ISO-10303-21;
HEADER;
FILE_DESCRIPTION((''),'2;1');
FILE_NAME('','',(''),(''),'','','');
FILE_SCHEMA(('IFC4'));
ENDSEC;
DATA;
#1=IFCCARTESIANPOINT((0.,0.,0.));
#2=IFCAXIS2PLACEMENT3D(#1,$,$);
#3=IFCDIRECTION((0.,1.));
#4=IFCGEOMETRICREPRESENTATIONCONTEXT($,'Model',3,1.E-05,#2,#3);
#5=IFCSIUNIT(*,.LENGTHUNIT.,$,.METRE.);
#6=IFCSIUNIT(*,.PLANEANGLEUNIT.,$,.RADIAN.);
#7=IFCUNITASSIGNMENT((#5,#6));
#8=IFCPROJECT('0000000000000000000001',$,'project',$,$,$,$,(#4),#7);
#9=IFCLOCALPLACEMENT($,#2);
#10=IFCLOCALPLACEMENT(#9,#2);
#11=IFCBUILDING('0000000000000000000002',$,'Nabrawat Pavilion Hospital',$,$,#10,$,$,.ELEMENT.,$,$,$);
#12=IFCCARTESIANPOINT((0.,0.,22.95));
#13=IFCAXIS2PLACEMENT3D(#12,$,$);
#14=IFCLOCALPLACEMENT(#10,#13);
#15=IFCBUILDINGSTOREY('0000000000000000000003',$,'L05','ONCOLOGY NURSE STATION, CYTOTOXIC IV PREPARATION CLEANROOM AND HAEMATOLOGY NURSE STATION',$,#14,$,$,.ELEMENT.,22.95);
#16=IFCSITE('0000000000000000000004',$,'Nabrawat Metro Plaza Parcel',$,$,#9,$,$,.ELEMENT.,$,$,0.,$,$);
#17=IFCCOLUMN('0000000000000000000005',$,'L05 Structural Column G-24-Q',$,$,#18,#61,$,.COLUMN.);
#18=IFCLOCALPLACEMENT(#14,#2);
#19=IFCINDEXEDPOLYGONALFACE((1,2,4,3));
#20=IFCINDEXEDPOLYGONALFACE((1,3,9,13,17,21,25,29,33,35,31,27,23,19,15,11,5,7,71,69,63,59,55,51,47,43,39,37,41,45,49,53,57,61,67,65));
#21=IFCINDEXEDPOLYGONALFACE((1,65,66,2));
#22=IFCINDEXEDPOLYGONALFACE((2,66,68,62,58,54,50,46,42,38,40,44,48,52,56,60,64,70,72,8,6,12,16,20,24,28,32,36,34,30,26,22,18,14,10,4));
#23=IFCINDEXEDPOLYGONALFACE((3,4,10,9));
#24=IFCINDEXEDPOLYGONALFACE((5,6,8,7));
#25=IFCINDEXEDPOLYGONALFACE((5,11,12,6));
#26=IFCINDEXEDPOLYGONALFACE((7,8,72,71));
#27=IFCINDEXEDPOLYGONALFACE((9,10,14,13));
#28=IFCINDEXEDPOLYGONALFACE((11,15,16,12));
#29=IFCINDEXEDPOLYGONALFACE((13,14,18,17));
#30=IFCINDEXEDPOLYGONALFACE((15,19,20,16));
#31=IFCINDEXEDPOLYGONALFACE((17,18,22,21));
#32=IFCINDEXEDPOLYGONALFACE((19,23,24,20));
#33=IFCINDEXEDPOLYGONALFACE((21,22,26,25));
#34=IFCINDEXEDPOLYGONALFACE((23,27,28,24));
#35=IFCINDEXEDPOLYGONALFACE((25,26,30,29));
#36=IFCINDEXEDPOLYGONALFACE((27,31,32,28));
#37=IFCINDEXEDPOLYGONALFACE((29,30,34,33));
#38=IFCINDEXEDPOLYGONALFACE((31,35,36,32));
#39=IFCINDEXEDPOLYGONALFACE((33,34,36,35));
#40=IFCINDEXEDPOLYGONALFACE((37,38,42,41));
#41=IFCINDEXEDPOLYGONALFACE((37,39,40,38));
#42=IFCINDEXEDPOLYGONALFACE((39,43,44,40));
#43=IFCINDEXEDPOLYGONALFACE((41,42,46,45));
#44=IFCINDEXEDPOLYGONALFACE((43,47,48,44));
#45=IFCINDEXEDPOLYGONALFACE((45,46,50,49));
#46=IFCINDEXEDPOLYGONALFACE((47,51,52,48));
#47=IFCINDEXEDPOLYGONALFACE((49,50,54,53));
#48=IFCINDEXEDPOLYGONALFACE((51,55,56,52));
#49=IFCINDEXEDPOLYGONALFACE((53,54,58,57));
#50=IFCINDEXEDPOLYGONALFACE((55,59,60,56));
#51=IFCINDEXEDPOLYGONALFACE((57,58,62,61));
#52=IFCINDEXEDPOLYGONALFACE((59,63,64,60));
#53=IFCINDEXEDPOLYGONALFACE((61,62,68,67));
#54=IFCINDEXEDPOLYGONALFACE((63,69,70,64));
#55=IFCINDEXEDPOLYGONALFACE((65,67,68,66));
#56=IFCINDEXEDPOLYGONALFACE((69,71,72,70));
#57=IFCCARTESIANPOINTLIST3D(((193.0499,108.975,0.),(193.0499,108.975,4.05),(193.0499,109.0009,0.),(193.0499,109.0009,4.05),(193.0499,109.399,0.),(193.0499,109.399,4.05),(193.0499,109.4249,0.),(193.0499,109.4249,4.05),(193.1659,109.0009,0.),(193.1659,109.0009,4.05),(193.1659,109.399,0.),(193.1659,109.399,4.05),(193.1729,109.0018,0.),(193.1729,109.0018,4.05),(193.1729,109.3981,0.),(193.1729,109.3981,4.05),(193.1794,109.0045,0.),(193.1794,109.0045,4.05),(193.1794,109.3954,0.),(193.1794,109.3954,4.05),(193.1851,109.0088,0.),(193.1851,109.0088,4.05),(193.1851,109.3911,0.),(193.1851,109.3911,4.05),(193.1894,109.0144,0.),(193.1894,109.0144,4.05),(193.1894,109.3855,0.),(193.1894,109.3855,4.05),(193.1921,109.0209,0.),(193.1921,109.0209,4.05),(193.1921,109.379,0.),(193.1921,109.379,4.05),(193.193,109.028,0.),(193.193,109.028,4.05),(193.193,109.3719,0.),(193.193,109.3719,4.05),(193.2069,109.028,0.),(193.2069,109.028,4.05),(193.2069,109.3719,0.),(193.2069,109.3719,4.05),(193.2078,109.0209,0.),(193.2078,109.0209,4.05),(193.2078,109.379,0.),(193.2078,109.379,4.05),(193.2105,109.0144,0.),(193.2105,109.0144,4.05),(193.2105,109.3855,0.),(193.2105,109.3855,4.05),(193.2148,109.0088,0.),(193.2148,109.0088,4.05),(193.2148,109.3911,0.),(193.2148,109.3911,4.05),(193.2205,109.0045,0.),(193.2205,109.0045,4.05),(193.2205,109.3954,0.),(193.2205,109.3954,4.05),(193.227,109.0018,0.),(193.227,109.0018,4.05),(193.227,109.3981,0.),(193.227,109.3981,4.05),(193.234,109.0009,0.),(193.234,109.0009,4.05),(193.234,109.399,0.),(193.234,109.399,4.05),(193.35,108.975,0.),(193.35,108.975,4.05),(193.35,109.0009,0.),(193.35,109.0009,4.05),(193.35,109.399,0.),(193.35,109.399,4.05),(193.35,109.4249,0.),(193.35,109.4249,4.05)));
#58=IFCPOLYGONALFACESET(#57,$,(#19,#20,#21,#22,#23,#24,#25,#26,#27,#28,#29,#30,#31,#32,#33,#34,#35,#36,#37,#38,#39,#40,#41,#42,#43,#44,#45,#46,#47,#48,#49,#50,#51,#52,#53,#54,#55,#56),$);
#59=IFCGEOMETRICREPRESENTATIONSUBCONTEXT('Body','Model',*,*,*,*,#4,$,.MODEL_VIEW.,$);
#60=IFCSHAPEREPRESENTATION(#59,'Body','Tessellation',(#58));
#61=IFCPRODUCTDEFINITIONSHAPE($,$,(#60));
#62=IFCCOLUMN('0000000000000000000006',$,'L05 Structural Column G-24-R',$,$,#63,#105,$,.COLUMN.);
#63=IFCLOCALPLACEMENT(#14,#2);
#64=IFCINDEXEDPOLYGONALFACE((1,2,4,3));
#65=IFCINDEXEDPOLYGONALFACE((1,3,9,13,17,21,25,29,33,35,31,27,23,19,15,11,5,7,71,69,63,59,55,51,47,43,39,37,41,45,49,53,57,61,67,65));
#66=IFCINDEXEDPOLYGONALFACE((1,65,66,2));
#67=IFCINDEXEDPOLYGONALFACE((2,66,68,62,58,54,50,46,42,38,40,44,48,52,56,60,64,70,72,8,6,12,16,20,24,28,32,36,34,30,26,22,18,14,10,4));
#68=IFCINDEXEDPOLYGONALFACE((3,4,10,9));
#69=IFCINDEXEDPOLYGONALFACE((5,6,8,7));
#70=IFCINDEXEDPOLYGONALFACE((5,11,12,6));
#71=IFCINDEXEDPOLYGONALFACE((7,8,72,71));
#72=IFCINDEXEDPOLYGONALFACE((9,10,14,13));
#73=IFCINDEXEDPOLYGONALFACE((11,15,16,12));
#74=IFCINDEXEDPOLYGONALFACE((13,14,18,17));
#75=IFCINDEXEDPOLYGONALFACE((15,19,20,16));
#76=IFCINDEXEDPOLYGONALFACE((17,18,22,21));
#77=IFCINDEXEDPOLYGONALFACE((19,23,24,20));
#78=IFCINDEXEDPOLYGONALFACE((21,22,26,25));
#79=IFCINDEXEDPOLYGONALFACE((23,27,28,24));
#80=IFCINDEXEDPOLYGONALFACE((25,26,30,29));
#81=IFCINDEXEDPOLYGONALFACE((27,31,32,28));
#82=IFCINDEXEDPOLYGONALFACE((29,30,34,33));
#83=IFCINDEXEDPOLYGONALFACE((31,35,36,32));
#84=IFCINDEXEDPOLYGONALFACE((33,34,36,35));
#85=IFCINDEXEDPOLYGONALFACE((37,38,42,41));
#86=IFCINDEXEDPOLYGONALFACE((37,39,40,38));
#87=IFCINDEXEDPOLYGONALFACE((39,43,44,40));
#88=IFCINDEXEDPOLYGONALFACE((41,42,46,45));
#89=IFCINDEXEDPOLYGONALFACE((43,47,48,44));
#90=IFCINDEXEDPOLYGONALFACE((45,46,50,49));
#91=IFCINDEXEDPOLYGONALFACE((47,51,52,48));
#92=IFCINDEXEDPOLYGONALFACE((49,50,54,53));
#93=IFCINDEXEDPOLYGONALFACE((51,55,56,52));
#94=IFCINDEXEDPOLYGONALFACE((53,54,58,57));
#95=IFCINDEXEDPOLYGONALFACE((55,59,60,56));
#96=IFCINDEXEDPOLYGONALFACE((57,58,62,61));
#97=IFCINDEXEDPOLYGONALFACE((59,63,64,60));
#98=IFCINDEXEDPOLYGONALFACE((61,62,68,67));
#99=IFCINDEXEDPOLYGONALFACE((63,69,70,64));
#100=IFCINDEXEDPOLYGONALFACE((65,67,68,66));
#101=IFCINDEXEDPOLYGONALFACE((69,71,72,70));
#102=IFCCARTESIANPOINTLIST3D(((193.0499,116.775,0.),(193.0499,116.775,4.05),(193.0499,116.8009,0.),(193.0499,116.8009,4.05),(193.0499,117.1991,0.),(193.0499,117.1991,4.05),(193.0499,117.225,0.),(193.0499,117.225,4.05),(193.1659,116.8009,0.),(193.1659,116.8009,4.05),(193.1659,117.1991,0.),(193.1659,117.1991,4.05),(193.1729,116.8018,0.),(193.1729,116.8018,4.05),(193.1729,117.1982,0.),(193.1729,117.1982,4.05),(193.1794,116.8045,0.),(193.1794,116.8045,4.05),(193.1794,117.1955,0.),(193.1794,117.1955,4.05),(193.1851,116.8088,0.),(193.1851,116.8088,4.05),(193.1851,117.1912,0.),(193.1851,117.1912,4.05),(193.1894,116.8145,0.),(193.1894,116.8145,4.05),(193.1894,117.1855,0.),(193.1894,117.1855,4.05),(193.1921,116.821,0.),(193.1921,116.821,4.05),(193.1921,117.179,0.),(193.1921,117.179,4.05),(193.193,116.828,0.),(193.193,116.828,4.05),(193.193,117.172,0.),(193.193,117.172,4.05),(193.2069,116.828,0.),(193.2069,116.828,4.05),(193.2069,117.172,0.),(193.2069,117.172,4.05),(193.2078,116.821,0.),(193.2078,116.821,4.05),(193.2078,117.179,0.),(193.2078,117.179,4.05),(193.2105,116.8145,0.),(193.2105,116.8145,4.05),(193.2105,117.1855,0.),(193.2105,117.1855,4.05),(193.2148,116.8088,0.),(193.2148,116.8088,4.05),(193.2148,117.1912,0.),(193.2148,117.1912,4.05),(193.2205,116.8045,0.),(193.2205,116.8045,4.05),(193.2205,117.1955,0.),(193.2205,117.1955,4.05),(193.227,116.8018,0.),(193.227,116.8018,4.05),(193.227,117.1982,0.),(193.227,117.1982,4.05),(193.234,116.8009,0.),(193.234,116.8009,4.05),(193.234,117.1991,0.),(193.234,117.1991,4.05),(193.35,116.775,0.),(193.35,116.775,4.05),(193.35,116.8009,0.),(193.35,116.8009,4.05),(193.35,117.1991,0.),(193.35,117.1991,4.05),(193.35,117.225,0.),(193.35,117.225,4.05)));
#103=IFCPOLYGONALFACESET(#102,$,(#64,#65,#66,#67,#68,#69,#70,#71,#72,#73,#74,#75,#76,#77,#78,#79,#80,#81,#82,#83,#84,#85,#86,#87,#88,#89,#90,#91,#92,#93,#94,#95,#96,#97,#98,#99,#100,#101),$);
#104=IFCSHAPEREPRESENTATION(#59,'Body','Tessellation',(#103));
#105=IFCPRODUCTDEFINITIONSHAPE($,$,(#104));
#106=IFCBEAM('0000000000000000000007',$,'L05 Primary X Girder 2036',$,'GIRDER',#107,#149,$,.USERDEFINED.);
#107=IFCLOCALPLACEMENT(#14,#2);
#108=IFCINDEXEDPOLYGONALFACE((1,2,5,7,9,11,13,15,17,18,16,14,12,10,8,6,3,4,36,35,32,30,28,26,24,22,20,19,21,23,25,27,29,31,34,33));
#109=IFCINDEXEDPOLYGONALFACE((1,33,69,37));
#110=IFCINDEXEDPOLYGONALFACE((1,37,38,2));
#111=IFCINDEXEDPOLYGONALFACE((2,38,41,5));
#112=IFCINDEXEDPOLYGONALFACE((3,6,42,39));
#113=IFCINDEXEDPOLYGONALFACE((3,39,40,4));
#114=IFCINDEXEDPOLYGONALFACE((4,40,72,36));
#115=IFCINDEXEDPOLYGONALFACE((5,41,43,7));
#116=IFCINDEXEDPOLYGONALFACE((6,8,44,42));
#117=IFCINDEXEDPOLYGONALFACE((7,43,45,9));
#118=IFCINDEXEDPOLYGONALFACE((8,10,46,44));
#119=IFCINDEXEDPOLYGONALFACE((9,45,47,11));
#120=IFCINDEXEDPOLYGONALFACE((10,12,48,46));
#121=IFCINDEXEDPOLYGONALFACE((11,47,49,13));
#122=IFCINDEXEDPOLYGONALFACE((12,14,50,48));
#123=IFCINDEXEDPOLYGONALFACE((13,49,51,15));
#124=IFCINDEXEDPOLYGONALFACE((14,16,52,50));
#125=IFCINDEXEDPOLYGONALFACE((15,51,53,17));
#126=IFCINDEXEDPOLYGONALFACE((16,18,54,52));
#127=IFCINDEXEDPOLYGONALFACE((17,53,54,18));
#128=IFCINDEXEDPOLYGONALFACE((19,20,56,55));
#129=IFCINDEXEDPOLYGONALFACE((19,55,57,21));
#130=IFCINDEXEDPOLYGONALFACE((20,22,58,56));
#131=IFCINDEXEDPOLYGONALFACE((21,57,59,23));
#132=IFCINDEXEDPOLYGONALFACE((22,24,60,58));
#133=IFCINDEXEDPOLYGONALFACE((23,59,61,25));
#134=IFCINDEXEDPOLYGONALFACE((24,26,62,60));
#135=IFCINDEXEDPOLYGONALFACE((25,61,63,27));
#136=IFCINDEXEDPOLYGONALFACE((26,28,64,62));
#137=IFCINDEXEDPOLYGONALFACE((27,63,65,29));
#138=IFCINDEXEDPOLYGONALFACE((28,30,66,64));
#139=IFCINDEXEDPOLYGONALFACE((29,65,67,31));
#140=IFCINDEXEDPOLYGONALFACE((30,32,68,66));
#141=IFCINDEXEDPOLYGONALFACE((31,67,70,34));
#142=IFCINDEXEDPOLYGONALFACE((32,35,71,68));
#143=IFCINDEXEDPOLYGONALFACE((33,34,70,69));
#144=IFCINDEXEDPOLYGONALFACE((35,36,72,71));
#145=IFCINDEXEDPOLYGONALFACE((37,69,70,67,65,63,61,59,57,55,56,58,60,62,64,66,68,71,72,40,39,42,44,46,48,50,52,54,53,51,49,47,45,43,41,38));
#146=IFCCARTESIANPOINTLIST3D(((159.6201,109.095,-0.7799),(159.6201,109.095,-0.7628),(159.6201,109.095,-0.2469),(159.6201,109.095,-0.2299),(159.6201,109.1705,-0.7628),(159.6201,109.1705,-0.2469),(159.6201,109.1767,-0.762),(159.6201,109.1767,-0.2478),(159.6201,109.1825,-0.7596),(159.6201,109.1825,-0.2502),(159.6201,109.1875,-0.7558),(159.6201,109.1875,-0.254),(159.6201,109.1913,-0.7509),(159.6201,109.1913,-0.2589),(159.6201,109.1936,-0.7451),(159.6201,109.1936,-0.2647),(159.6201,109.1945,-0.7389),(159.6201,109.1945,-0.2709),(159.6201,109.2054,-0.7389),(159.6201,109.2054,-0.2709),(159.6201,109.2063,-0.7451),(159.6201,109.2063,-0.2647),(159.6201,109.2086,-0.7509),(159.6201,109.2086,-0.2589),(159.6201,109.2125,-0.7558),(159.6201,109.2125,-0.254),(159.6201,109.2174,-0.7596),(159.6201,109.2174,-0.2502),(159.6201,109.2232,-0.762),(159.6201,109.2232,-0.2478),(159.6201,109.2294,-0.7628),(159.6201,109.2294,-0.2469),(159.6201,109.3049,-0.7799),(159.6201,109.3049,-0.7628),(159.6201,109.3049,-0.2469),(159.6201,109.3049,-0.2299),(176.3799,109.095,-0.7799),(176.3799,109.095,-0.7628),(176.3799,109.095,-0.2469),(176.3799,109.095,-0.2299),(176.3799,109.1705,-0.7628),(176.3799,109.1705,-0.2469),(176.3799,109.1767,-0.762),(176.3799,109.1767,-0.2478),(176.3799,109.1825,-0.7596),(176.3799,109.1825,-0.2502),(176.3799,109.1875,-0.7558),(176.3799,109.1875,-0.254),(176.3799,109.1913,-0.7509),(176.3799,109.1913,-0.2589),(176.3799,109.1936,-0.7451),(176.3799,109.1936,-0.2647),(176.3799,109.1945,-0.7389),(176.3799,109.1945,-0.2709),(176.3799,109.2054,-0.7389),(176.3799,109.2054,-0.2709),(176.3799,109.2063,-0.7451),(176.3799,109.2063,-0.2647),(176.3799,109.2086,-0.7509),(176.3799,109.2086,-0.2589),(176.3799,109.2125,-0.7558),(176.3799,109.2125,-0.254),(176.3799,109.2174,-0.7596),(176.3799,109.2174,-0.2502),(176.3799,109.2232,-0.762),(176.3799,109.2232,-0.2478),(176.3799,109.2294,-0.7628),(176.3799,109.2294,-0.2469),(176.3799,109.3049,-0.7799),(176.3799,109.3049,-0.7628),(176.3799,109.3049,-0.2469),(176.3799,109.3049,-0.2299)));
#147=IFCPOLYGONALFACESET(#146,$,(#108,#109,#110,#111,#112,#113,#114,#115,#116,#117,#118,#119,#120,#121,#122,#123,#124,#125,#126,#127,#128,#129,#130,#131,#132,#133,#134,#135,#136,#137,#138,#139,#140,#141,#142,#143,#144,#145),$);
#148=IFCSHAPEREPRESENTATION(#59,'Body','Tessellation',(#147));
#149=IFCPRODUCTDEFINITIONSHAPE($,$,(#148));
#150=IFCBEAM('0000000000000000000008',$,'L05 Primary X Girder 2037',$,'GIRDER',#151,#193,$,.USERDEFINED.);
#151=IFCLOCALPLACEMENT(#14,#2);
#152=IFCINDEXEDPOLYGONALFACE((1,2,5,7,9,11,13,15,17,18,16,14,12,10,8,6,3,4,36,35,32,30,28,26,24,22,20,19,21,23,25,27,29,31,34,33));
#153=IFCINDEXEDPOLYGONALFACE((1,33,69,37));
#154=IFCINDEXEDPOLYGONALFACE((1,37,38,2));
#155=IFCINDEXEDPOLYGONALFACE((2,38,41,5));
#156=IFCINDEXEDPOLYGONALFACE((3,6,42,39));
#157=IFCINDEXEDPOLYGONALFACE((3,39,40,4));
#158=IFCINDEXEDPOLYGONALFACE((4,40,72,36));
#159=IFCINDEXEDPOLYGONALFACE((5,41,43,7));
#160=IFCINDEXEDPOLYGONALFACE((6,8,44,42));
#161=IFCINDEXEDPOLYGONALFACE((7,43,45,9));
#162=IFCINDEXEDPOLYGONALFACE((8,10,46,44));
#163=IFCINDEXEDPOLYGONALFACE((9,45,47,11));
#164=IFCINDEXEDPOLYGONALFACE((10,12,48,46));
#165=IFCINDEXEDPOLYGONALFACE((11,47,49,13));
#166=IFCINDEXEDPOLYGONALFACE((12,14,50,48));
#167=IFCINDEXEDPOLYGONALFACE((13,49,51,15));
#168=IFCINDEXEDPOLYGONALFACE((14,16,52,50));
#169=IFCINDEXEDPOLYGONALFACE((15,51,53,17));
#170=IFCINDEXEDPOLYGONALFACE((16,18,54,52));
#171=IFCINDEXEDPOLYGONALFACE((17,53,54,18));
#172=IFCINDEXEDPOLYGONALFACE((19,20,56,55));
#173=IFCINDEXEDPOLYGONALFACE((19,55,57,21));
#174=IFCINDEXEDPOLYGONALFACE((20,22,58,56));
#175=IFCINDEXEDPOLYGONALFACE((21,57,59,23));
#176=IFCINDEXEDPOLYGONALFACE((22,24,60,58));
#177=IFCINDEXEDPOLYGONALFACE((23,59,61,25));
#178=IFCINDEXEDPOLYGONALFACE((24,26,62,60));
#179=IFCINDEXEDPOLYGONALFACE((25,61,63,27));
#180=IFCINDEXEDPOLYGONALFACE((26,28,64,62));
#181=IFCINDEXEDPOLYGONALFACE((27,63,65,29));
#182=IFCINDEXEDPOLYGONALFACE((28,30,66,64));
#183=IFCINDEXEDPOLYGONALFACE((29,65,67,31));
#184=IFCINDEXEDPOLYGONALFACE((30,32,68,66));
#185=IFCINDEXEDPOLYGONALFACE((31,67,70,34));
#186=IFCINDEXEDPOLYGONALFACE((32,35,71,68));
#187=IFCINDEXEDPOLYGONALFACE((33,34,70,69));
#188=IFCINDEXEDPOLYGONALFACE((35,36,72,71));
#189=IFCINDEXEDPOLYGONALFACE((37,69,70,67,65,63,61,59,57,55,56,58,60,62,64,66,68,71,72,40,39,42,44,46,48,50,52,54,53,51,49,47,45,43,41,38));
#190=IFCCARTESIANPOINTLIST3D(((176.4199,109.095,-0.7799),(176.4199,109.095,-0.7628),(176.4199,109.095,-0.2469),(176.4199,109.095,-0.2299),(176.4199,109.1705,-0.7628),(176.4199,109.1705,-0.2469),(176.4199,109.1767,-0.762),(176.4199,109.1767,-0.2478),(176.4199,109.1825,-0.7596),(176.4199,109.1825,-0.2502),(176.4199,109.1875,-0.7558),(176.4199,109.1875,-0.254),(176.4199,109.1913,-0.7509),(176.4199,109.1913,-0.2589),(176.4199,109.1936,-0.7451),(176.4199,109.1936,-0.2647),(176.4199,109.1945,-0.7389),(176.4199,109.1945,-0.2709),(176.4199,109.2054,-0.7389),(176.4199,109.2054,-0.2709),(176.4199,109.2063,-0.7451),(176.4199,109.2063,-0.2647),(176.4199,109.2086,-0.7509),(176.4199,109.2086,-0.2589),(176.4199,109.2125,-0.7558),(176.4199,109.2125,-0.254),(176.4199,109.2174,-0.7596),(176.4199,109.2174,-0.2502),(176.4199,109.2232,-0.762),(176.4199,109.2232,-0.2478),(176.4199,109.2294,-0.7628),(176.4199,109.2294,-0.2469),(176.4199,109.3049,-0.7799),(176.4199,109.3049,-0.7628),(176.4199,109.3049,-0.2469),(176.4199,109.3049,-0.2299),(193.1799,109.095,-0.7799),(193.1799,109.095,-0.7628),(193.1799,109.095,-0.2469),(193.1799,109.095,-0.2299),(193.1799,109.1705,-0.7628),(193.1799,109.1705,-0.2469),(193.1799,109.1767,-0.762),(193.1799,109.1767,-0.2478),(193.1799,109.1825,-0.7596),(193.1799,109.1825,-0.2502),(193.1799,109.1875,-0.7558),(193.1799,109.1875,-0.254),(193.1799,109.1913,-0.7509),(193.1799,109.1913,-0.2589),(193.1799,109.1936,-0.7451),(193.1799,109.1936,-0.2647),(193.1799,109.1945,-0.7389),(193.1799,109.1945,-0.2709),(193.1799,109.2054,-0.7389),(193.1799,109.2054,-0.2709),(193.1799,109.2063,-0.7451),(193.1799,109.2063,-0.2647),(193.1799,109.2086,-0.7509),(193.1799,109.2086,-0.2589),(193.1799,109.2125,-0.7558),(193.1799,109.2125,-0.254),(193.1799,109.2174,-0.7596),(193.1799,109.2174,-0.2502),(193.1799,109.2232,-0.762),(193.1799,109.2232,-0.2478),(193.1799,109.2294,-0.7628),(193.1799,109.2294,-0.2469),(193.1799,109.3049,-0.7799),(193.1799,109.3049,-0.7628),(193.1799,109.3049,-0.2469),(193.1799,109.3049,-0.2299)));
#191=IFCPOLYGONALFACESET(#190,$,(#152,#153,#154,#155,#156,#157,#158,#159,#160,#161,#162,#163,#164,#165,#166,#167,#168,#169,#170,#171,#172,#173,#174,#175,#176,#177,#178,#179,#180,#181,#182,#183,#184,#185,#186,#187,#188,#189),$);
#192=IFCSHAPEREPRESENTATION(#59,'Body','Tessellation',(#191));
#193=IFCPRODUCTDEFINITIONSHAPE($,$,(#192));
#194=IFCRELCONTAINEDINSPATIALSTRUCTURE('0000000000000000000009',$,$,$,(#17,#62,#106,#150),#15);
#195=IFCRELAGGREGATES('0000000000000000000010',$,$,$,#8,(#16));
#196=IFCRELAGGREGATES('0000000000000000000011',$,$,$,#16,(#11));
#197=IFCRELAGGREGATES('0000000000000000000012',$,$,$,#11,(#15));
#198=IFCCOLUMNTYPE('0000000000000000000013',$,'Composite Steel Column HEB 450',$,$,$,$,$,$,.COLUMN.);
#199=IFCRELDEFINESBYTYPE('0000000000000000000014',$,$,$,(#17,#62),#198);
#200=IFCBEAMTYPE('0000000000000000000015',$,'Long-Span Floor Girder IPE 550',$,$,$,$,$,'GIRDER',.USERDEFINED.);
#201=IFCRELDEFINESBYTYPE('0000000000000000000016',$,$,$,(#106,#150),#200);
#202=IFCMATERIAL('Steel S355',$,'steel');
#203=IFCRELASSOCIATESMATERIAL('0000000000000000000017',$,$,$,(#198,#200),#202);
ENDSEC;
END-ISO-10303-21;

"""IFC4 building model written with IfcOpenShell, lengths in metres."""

from ifc_helpers import new_model, si_unit, direction, frame, origin, origin_2d, place, context, subcontext, project, spatial, i_section, extrude, material, material_profile, profile_set, type_object, element, save


model = new_model("IFC4")

# Units and contexts
model_context = context("Model", 3, precision=1e-05, world=origin(), true_north=direction((0.0, 1.0)))
body_context = subcontext(model_context, "Body", "Model", "MODEL_VIEW")
ifc_project = project(units=[si_unit("LENGTHUNIT", "METRE"), si_unit("PLANEANGLEUNIT", "RADIAN")], contexts=[model_context])

# Site, building, storey
site_placement = place(None, origin())
site = spatial("IfcSite", under=ifc_project, at=site_placement, Name="Nabrawat Metro Plaza Parcel", CompositionType="ELEMENT", RefElevation=0.0)
building_placement = place(site_placement, origin())
building = spatial("IfcBuilding", under=site, at=building_placement, Name="Nabrawat Pavilion Hospital", CompositionType="ELEMENT")
storey_placement = place(building_placement, frame((0.0, 0.0, 22.95)))
storey = spatial("IfcBuildingStorey", under=building, at=storey_placement, Name="L05", Description="ONCOLOGY NURSE STATION, CYTOTOXIC IV PREPARATION CLEANROOM AND HAEMATOLOGY NURSE STATION", CompositionType="ELEMENT", Elevation=22.95)

# Columns
ifc_material_1 = material(Name="Steel S355", Category="steel")
ifc_material_profile_1 = material_profile(ifc_material_1, i_section(OverallWidth=0.3, OverallDepth=0.45, WebThickness=0.0139, FlangeThickness=0.0259, FilletRadius=0.0271, at=origin_2d()), Name="HEB 450")
ifc_profile_set_1 = profile_set([ifc_material_profile_1], Name="Steel S355")
column_type = type_object("IfcColumnType", Name="Composite Steel Column HEB 450", PredefinedType="COLUMN", material=ifc_profile_set_1)
for number, where, z_axis, x_axis, name in (
    (1, (193.2, 109.2, 0.0), (0.0, 0.0, 1.0), (1.0, 0.0, 0.0), "L05 Structural Column G-24-Q"),
    (2, (193.2, 117.0, 0.0), (0.0, 0.0, 1.0), (1.0, 0.0, 0.0), "L05 Structural Column G-24-R"),
):
    element("IfcColumn", number, at=place(storey_placement, frame(where, z_axis=z_axis, x_axis=x_axis)), inside=storey, type_object=column_type, Name=name, PredefinedType="COLUMN", context=body_context, shape_type="SweptSolid", body=[
        extrude(i_section(OverallWidth=0.3, OverallDepth=0.45, WebThickness=0.0139, FlangeThickness=0.0259, FilletRadius=0.0271, at=origin_2d()), origin(), (0.0, 0.0, 1.0), 4.05),
    ])

# Beams
ifc_material_profile_2 = material_profile(ifc_material_1, i_section(OverallWidth=0.21, OverallDepth=0.55, WebThickness=0.011, FlangeThickness=0.0171, FilletRadius=0.0239, at=origin_2d()), Name="IPE 550")
ifc_profile_set_2 = profile_set([ifc_material_profile_2], Name="Steel S355")
beam_type_1 = type_object("IfcBeamType", Name="Long-Span Floor Girder IPE 550", ElementType="GIRDER", PredefinedType="USERDEFINED", material=ifc_profile_set_2)
beam_1_placement = place(storey_placement, frame((159.6201, 109.2, -0.5049), z_axis=(1.0, 0.0, 0.0), x_axis=(0.0, 1.0, 0.0)))
element("IfcBeam", 3, at=beam_1_placement, inside=storey, type_object=beam_type_1, Name="L05 Primary X Girder 2036", ObjectType="GIRDER", PredefinedType="USERDEFINED", context=body_context, shape_type="SweptSolid", body=[
    extrude(i_section(OverallWidth=0.21, OverallDepth=0.55, WebThickness=0.011, FlangeThickness=0.0171, FilletRadius=0.0239, at=origin_2d()), origin(), (0.0, 0.0, 1.0), 16.7598),
])
beam_2_placement = place(storey_placement, frame((176.4199, 109.2, -0.5049), z_axis=(1.0, 0.0, 0.0), x_axis=(0.0, 1.0, 0.0)))
element("IfcBeam", 4, at=beam_2_placement, inside=storey, type_object=beam_type_1, Name="L05 Primary X Girder 2037", ObjectType="GIRDER", PredefinedType="USERDEFINED", context=body_context, shape_type="SweptSolid", body=[
    extrude(i_section(OverallWidth=0.21, OverallDepth=0.55, WebThickness=0.011, FlangeThickness=0.0171, FilletRadius=0.0239, at=origin_2d()), origin(), (0.0, 0.0, 1.0), 16.76),
])

save(model, "model.ifc")
